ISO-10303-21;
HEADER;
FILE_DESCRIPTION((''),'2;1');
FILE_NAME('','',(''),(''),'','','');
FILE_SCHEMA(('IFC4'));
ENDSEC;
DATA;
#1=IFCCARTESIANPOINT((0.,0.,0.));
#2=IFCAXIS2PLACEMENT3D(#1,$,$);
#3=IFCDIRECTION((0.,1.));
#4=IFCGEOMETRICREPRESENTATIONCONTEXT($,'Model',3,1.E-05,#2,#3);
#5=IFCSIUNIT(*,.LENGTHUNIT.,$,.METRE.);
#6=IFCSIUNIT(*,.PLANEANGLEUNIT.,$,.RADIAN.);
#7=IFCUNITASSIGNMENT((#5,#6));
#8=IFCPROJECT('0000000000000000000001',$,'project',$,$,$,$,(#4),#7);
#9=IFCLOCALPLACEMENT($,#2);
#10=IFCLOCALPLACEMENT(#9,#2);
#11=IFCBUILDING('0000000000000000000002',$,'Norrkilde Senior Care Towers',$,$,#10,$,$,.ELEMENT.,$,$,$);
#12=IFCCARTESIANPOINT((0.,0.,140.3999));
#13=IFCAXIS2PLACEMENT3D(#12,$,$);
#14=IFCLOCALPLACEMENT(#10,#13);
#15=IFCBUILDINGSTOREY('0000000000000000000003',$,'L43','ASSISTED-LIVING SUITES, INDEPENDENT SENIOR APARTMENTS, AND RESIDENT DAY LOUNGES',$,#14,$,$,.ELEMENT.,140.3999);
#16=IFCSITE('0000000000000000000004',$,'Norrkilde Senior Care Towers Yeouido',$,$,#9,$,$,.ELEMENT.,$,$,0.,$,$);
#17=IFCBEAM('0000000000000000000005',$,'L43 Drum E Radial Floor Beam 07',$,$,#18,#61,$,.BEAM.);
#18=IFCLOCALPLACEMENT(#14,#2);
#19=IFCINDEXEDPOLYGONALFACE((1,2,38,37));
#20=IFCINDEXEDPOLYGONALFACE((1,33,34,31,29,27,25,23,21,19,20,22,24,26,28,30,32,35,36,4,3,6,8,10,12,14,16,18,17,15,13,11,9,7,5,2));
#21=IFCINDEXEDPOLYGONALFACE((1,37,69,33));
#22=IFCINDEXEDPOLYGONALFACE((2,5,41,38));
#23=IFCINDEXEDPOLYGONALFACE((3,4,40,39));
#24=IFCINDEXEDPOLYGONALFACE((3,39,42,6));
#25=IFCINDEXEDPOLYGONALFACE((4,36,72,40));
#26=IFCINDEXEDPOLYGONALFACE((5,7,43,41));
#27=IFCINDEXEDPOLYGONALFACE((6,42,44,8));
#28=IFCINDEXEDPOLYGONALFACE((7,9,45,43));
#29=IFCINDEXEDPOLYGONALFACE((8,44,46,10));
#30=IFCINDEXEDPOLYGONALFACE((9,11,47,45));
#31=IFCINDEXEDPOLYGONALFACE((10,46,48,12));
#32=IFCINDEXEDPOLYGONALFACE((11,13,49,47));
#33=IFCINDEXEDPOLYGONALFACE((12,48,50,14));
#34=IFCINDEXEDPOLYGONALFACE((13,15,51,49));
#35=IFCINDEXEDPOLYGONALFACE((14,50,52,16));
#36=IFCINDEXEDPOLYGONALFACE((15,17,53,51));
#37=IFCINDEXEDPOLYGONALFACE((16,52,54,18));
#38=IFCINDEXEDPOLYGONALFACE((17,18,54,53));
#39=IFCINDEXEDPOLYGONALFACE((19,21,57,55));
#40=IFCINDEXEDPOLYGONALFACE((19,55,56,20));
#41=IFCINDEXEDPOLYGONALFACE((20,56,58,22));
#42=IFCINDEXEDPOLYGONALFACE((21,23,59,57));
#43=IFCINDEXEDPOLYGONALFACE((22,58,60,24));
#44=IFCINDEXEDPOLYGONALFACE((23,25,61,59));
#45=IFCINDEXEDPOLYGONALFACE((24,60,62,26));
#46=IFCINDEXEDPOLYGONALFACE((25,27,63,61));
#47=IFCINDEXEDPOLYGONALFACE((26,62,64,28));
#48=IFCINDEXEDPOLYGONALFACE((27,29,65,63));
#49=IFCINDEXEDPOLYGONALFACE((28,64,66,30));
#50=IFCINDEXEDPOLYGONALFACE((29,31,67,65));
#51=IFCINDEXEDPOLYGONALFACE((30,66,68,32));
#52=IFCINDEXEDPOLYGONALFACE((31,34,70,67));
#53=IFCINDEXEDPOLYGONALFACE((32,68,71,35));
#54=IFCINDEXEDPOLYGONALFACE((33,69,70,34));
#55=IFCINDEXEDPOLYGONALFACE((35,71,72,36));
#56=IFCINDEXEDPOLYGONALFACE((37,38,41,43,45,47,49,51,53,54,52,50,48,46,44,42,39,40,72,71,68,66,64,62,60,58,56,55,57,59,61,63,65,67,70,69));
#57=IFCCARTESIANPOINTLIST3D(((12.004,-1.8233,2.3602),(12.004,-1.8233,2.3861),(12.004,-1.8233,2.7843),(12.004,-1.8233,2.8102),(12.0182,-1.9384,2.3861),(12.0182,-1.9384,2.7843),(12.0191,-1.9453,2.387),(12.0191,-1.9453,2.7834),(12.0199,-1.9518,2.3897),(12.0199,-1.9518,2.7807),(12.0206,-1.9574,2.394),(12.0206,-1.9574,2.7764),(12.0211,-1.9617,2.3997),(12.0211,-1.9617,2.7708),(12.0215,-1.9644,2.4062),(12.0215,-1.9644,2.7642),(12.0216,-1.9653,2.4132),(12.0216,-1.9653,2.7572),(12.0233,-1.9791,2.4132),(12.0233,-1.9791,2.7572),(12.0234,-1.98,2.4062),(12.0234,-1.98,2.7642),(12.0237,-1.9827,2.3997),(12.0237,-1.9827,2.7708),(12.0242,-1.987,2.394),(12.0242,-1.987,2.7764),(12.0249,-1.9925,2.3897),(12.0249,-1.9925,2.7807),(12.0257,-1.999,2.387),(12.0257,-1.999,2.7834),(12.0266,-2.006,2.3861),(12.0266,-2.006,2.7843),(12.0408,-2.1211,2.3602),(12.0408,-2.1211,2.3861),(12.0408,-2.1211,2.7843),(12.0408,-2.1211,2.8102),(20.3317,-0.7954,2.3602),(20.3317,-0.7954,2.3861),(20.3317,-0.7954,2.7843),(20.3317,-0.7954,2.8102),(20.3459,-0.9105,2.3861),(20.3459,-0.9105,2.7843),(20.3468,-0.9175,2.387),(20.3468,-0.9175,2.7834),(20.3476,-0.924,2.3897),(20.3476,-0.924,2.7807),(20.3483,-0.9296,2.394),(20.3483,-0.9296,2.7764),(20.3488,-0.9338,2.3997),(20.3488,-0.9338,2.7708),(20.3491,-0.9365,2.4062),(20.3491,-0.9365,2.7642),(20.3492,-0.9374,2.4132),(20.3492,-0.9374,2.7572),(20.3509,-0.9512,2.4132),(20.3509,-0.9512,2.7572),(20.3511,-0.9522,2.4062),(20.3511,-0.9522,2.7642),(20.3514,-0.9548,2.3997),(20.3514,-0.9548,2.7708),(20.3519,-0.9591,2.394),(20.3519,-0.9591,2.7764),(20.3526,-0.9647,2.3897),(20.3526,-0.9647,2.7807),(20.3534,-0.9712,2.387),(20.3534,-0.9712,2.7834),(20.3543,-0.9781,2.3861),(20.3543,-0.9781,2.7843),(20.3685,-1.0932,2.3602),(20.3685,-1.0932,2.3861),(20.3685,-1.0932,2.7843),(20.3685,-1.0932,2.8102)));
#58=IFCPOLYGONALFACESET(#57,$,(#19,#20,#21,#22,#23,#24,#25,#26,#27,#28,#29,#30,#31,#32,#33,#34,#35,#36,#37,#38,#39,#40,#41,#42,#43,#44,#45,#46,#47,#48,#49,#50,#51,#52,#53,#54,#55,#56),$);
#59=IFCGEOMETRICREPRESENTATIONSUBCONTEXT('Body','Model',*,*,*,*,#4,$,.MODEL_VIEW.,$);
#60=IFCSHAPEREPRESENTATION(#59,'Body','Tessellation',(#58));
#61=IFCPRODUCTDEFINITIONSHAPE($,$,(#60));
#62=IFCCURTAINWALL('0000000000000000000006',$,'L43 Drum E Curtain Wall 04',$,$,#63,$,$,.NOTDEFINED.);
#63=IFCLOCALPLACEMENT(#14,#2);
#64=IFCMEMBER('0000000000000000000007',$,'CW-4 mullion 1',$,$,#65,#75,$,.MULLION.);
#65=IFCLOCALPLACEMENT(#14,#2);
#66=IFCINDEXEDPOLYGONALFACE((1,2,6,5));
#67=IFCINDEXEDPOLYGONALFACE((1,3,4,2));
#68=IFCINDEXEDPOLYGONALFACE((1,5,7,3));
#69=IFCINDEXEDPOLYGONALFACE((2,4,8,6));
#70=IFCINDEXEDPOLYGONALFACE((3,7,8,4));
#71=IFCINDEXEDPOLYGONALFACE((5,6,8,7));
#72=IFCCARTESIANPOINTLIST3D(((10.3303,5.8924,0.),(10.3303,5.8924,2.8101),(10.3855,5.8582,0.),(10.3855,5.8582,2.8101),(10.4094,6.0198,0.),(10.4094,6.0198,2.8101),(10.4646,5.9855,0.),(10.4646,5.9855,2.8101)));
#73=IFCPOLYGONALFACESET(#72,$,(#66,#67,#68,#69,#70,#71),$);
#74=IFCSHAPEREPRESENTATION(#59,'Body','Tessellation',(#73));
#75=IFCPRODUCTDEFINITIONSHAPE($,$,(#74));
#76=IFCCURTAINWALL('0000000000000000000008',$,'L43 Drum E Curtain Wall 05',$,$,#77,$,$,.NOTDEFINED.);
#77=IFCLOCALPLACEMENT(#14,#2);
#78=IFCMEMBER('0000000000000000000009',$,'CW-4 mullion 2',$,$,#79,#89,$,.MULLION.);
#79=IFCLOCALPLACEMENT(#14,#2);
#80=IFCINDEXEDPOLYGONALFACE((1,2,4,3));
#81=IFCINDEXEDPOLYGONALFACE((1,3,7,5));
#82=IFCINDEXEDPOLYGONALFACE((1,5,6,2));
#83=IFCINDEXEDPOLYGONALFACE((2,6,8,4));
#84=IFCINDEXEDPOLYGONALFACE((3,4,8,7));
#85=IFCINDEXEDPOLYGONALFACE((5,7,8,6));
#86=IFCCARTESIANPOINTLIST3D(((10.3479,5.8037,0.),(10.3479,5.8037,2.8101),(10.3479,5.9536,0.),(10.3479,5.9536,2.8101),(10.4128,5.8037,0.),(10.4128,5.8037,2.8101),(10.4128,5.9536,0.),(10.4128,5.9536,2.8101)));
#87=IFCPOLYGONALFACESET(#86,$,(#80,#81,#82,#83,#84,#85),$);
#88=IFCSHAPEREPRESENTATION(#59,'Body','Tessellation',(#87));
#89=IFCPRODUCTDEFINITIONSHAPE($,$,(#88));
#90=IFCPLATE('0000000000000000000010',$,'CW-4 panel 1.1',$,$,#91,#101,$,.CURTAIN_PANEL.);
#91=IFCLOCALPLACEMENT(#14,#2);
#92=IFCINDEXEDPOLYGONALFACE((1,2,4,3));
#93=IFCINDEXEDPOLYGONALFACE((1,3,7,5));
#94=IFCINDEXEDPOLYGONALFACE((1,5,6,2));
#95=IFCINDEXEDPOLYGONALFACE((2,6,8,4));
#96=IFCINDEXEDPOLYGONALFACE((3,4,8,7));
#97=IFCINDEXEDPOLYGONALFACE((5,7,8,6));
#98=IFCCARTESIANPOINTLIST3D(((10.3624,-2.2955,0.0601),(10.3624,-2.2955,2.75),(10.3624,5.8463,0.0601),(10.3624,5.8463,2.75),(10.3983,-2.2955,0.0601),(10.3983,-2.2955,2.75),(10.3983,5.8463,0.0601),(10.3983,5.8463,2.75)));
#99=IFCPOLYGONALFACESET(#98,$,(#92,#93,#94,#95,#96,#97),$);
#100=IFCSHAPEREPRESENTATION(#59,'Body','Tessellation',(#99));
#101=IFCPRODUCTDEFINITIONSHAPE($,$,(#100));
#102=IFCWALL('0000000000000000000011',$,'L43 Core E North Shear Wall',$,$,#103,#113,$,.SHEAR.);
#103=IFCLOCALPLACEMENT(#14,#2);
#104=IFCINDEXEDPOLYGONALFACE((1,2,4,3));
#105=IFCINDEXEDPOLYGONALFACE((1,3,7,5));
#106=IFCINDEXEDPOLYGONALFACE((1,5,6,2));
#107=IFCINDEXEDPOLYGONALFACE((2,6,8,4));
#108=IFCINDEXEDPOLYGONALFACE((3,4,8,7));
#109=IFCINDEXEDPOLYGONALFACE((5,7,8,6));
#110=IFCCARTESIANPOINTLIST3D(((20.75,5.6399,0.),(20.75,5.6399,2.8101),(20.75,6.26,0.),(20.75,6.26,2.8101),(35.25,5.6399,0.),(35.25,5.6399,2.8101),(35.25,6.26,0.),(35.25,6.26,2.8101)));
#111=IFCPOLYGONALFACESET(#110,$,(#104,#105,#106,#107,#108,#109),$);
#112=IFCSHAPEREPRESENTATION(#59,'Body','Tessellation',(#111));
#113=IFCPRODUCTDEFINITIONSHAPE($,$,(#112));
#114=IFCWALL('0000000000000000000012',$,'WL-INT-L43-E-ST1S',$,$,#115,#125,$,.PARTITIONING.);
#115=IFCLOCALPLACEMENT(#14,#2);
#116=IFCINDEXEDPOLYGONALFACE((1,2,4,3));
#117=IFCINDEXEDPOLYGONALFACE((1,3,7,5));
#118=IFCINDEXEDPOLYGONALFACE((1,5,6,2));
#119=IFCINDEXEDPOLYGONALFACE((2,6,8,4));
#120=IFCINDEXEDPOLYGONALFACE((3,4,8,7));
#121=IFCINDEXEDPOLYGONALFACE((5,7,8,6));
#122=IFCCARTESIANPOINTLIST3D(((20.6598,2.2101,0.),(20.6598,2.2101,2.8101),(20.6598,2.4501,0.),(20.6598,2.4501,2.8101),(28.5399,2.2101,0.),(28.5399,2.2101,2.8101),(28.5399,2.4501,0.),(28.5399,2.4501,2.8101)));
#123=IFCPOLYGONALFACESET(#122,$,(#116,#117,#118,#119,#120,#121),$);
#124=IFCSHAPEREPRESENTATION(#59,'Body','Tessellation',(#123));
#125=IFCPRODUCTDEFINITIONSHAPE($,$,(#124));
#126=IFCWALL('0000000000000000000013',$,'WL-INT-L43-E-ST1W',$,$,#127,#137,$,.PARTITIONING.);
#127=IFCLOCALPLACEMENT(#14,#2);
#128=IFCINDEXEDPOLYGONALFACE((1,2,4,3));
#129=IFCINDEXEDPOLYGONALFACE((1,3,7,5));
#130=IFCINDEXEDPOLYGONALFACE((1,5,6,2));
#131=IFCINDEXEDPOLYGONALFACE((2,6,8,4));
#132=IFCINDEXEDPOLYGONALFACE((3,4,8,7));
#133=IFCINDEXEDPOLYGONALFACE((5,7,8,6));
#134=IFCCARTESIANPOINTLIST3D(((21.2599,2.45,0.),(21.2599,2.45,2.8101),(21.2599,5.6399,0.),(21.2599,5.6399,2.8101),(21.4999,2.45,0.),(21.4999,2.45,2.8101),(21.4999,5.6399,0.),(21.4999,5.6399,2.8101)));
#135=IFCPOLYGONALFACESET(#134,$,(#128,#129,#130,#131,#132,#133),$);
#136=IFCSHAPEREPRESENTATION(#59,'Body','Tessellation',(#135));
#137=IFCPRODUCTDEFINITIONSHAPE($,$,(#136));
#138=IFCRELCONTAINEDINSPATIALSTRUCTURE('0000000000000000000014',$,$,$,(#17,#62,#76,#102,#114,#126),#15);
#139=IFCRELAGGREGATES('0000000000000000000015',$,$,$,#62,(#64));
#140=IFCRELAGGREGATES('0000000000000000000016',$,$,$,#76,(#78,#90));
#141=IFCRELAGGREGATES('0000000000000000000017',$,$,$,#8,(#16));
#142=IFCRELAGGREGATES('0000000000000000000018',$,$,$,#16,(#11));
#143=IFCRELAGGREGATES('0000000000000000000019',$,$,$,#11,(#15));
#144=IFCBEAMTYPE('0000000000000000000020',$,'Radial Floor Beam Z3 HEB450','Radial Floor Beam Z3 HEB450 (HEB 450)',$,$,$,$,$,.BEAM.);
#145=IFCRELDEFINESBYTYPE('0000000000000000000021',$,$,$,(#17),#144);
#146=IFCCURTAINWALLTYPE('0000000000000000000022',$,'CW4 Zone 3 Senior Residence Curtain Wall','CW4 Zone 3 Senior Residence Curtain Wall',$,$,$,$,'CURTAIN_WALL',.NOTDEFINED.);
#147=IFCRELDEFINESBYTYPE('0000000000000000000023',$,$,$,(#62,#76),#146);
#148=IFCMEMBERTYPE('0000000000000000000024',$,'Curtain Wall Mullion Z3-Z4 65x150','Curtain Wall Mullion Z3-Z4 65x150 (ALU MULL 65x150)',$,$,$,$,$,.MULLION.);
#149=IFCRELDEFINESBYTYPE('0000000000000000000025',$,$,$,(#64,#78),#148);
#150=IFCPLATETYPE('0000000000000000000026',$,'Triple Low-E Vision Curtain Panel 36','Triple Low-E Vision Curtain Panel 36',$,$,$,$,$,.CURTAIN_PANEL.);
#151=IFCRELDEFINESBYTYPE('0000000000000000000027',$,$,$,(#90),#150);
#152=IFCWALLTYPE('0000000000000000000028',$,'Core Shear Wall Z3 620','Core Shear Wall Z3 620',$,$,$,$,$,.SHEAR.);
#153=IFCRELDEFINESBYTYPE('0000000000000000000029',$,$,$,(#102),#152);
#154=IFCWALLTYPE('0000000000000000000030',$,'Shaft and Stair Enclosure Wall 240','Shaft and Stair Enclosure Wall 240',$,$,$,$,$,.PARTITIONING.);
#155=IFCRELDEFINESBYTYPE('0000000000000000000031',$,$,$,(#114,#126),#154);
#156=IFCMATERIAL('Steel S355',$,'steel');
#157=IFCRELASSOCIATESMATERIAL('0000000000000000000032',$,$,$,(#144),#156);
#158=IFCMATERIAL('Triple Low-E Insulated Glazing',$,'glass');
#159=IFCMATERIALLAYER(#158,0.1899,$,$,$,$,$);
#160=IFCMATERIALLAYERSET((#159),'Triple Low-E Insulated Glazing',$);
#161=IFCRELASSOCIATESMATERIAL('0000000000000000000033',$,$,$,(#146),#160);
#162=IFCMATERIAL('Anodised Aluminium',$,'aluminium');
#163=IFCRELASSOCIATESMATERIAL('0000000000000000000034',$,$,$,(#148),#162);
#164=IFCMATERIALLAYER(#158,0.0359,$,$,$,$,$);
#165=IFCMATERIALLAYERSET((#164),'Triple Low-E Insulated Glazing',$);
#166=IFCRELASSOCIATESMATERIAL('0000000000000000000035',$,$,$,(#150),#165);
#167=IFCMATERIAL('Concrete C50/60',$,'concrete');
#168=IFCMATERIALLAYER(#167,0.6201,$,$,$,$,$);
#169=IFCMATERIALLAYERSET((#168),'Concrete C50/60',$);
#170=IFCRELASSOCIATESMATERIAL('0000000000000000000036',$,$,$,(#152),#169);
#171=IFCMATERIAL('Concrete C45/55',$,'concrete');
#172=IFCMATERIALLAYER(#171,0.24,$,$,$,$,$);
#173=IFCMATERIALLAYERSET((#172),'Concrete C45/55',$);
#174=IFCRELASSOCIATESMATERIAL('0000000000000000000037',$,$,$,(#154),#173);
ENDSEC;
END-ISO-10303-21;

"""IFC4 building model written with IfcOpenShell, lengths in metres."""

from ifc_helpers import new_model, si_unit, direction, frame, frame_2d, origin, origin_2d, place, context, subcontext, project, spatial, rectangle, i_section, extrude, source, transform, mapped, material, layer, layer_set, material_profile, profile_set, type_object, type_shapes, element, aggregate, save


model = new_model("IFC4")

# Units and contexts
model_context = context("Model", 3, precision=1e-05, world=origin(), true_north=direction((0.0, 1.0)))
body_context = subcontext(model_context, "Body", "Model", "MODEL_VIEW")
ifc_project = project(units=[si_unit("LENGTHUNIT", "METRE"), si_unit("PLANEANGLEUNIT", "RADIAN")], contexts=[model_context])

# Site, building, storey
site_placement = place(None, origin())
site = spatial("IfcSite", under=ifc_project, at=site_placement, Name="Norrkilde Senior Care Towers Yeouido", CompositionType="ELEMENT", RefElevation=0.0)
building_placement = place(site_placement, origin())
building = spatial("IfcBuilding", under=site, at=building_placement, Name="Norrkilde Senior Care Towers", CompositionType="ELEMENT")
storey_placement = place(building_placement, frame((0.0, 0.0, 140.3999)))
storey = spatial("IfcBuildingStorey", under=building, at=storey_placement, Name="L43", Description="ASSISTED-LIVING SUITES, INDEPENDENT SENIOR APARTMENTS, AND RESIDENT DAY LOUNGES", CompositionType="ELEMENT", Elevation=140.3999)

# Shared definitions
ifc_material_1 = material(Name="Concrete C50/60", Category="concrete")

# Beam
ifc_material_2 = material(Name="Steel S355", Category="steel")
ifc_material_profile_1 = material_profile(ifc_material_2, i_section(OverallWidth=0.3, OverallDepth=0.45, WebThickness=0.0139, FlangeThickness=0.0259, FilletRadius=0.0271, at=origin_2d()), Name="HEB 450")
ifc_profile_set_1 = profile_set([ifc_material_profile_1], Name="Steel S355")
beam_type_1 = type_object("IfcBeamType", Name="Radial Floor Beam Z3 HEB450", Description="Radial Floor Beam Z3 HEB450 (HEB 450)", PredefinedType="BEAM", material=ifc_profile_set_1)
shared_shape_1 = source(origin(), body_context, "Body", "SweptSolid", [
    extrude(i_section(OverallWidth=0.3, OverallDepth=0.45, WebThickness=0.0139, FlangeThickness=0.0259, FilletRadius=0.0271, at=origin_2d()), origin(), (0.0, 0.0, 1.0), 8.3909),
])
beam_1_placement = place(storey_placement, frame((20.3501, -0.9443, 2.5852), z_axis=(-0.992469, -0.122495, 0.0), x_axis=(0.122495, -0.992469, 0.0)))
element("IfcBeam", 1, at=beam_1_placement, inside=storey, type_object=beam_type_1, Name="L43 Drum E Radial Floor Beam 07", PredefinedType="BEAM", context=body_context, shape_type="MappedRepresentation", body=[
    mapped(shared_shape_1, transform((0.0, 0.0, 0.0), x_axis=(1.0, 0.0, 0.0), y_axis=(0.0, 1.0, 0.0), z_axis=(0.0, 0.0, 1.0), scale=1.0)),
])

# Curtain wall, member
ifc_material_3 = material(Name="Triple Low-E Insulated Glazing", Category="glass")
ifc_layer_1 = layer(ifc_material_3, 0.1899)
ifc_layer_set_1 = layer_set([ifc_layer_1], Name="Triple Low-E Insulated Glazing")
curtain_wall_type = type_object("IfcCurtainWallType", Name="CW4 Zone 3 Senior Residence Curtain Wall", Description="CW4 Zone 3 Senior Residence Curtain Wall", ElementType="CURTAIN_WALL", PredefinedType="NOTDEFINED", material=ifc_layer_set_1)
curtain_wall_1_placement = place(storey_placement, origin())
curtain_wall_1 = element("IfcCurtainWall", 2, at=curtain_wall_1_placement, inside=storey, type_object=curtain_wall_type, Name="L43 Drum E Curtain Wall 04", PredefinedType="NOTDEFINED")
ifc_material_4 = material(Name="Anodised Aluminium", Category="aluminium")
ifc_material_profile_2 = material_profile(ifc_material_4, rectangle(XDim=0.0649, YDim=0.1499, at=origin_2d()), Name="ALU MULL 65x150")
ifc_profile_set_2 = profile_set([ifc_material_profile_2], Name="Anodised Aluminium")
member_type = type_object("IfcMemberType", Name="Curtain Wall Mullion Z3-Z4 65x150", Description="Curtain Wall Mullion Z3-Z4 65x150 (ALU MULL 65x150)", PredefinedType="MULLION", material=ifc_profile_set_2)
shared_shape_2 = source(origin(), body_context, "Body", "SweptSolid", [
    extrude(rectangle(XDim=0.0649, YDim=0.1499, at=origin_2d()), origin(), (0.0, 0.0, 1.0), 2.8101),
])
type_shapes(member_type, [shared_shape_2])
member_1_placement = place(storey_placement, frame((10.3975, 5.939, 0.0), z_axis=(0.0, 0.0, 1.0), x_axis=(-0.849634, 0.527373, 0.0)))
member_1 = element("IfcMember", 3, at=member_1_placement, type_object=member_type, Name="CW-4 mullion 1", PredefinedType="MULLION", context=body_context, shape_type="MappedRepresentation", body=[
    mapped(shared_shape_2, transform((0.0, 0.0, 0.0), x_axis=(1.0, 0.0, 0.0), y_axis=(0.0, 1.0, 0.0), z_axis=(0.0, 0.0, 1.0), scale=1.0)),
])
aggregate(curtain_wall_1, [member_1])

# Curtain wall, member, plate
curtain_wall_2_placement = place(storey_placement, origin())
curtain_wall_2 = element("IfcCurtainWall", 4, at=curtain_wall_2_placement, inside=storey, type_object=curtain_wall_type, Name="L43 Drum E Curtain Wall 05", PredefinedType="NOTDEFINED")
member_2_placement = place(storey_placement, frame((10.3804, 5.8787, 0.0), z_axis=(0.0, 0.0, 1.0), x_axis=(-1.0, 0.0, 0.0)))
member_2 = element("IfcMember", 5, at=member_2_placement, type_object=member_type, Name="CW-4 mullion 2", PredefinedType="MULLION", context=body_context, shape_type="MappedRepresentation", body=[
    mapped(shared_shape_2, transform((0.0, 0.0, 0.0), x_axis=(1.0, 0.0, 0.0), y_axis=(0.0, 1.0, 0.0), z_axis=(0.0, 0.0, 1.0), scale=1.0)),
])
ifc_layer_2 = layer(ifc_material_3, 0.0359)
ifc_layer_set_2 = layer_set([ifc_layer_2], Name="Triple Low-E Insulated Glazing")
plate_type = type_object("IfcPlateType", Name="Triple Low-E Vision Curtain Panel 36", Description="Triple Low-E Vision Curtain Panel 36", PredefinedType="CURTAIN_PANEL", material=ifc_layer_set_2)
shared_shape_3 = source(origin(), body_context, "Body", "SweptSolid", [
    extrude(rectangle(XDim=8.1418, YDim=0.0359, at=origin_2d()), origin(), (0.0, 0.0, 1.0), 2.6899),
])
type_shapes(plate_type, [shared_shape_3])
plate_placement = place(storey_placement, frame((10.3804, 1.7754, 0.0601), z_axis=(0.0, 0.0, 1.0), x_axis=(0.0, 1.0, 0.0)))
plate = element("IfcPlate", 6, at=plate_placement, type_object=plate_type, Name="CW-4 panel 1.1", PredefinedType="CURTAIN_PANEL", context=body_context, shape_type="MappedRepresentation", body=[
    mapped(shared_shape_3, transform((0.0, 0.0, 0.0), x_axis=(1.0, 0.0, 0.0), y_axis=(0.0, 1.0, 0.0), z_axis=(0.0, 0.0, 1.0), scale=1.0)),
])
aggregate(curtain_wall_2, [member_2, plate])

# Walls
ifc_layer_3 = layer(ifc_material_1, 0.6201)
ifc_layer_set_3 = layer_set([ifc_layer_3], Name="Concrete C50/60")
wall_type_1 = type_object("IfcWallType", Name="Core Shear Wall Z3 620", Description="Core Shear Wall Z3 620", PredefinedType="SHEAR", material=ifc_layer_set_3)
shared_shape_4 = source(origin(), body_context, "Body", "SweptSolid", [
    extrude(rectangle(XDim=14.5, YDim=0.6201, at=frame_2d((7.25, 0.0))), origin(), (0.0, 0.0, 1.0), 2.8101),
])
type_shapes(wall_type_1, [shared_shape_4])
wall_1_placement = place(storey_placement, frame((20.75, 5.95, 0.0), z_axis=(0.0, 0.0, 1.0), x_axis=(1.0, 0.0, 0.0)))
element("IfcWall", 7, at=wall_1_placement, inside=storey, type_object=wall_type_1, Name="L43 Core E North Shear Wall", PredefinedType="SHEAR", context=body_context, shape_type="MappedRepresentation", body=[
    mapped(shared_shape_4, transform((0.0, 0.0, 0.0), x_axis=(1.0, 0.0, 0.0), y_axis=(0.0, 1.0, 0.0), z_axis=(0.0, 0.0, 1.0), scale=1.0)),
])
ifc_material_5 = material(Name="Concrete C45/55", Category="concrete")
ifc_layer_4 = layer(ifc_material_5, 0.24)
ifc_layer_set_4 = layer_set([ifc_layer_4], Name="Concrete C45/55")
wall_type_2 = type_object("IfcWallType", Name="Shaft and Stair Enclosure Wall 240", Description="Shaft and Stair Enclosure Wall 240", PredefinedType="PARTITIONING", material=ifc_layer_set_4)
shared_shape_5 = source(origin(), body_context, "Body", "SweptSolid", [
    extrude(rectangle(XDim=7.8801, YDim=0.24, at=frame_2d((3.9399, 0.0))), origin(), (0.0, 0.0, 1.0), 2.8101),
])
wall_2_placement = place(storey_placement, frame((20.6599, 2.3301, 0.0), z_axis=(0.0, 0.0, 1.0), x_axis=(1.0, 0.0, 0.0)))
element("IfcWall", 8, at=wall_2_placement, inside=storey, type_object=wall_type_2, Name="WL-INT-L43-E-ST1S", PredefinedType="PARTITIONING", context=body_context, shape_type="MappedRepresentation", body=[
    mapped(shared_shape_5, transform((0.0, 0.0, 0.0), x_axis=(1.0, 0.0, 0.0), y_axis=(0.0, 1.0, 0.0), z_axis=(0.0, 0.0, 1.0), scale=1.0)),
])
shared_shape_6 = source(origin(), body_context, "Body", "SweptSolid", [
    extrude(rectangle(XDim=3.1899, YDim=0.24, at=frame_2d((1.595, 0.0))), origin(), (0.0, 0.0, 1.0), 2.8101),
])
type_shapes(wall_type_2, [shared_shape_5, shared_shape_6])
wall_3_placement = place(storey_placement, frame((21.3799, 2.45, 0.0), z_axis=(0.0, 0.0, 1.0), x_axis=(0.0, 1.0, 0.0)))
element("IfcWall", 9, at=wall_3_placement, inside=storey, type_object=wall_type_2, Name="WL-INT-L43-E-ST1W", PredefinedType="PARTITIONING", context=body_context, shape_type="MappedRepresentation", body=[
    mapped(shared_shape_6, transform((0.0, 0.0, 0.0), x_axis=(1.0, 0.0, 0.0), y_axis=(0.0, 1.0, 0.0), z_axis=(0.0, 0.0, 1.0), scale=1.0)),
])

save(model, "model.ifc")
